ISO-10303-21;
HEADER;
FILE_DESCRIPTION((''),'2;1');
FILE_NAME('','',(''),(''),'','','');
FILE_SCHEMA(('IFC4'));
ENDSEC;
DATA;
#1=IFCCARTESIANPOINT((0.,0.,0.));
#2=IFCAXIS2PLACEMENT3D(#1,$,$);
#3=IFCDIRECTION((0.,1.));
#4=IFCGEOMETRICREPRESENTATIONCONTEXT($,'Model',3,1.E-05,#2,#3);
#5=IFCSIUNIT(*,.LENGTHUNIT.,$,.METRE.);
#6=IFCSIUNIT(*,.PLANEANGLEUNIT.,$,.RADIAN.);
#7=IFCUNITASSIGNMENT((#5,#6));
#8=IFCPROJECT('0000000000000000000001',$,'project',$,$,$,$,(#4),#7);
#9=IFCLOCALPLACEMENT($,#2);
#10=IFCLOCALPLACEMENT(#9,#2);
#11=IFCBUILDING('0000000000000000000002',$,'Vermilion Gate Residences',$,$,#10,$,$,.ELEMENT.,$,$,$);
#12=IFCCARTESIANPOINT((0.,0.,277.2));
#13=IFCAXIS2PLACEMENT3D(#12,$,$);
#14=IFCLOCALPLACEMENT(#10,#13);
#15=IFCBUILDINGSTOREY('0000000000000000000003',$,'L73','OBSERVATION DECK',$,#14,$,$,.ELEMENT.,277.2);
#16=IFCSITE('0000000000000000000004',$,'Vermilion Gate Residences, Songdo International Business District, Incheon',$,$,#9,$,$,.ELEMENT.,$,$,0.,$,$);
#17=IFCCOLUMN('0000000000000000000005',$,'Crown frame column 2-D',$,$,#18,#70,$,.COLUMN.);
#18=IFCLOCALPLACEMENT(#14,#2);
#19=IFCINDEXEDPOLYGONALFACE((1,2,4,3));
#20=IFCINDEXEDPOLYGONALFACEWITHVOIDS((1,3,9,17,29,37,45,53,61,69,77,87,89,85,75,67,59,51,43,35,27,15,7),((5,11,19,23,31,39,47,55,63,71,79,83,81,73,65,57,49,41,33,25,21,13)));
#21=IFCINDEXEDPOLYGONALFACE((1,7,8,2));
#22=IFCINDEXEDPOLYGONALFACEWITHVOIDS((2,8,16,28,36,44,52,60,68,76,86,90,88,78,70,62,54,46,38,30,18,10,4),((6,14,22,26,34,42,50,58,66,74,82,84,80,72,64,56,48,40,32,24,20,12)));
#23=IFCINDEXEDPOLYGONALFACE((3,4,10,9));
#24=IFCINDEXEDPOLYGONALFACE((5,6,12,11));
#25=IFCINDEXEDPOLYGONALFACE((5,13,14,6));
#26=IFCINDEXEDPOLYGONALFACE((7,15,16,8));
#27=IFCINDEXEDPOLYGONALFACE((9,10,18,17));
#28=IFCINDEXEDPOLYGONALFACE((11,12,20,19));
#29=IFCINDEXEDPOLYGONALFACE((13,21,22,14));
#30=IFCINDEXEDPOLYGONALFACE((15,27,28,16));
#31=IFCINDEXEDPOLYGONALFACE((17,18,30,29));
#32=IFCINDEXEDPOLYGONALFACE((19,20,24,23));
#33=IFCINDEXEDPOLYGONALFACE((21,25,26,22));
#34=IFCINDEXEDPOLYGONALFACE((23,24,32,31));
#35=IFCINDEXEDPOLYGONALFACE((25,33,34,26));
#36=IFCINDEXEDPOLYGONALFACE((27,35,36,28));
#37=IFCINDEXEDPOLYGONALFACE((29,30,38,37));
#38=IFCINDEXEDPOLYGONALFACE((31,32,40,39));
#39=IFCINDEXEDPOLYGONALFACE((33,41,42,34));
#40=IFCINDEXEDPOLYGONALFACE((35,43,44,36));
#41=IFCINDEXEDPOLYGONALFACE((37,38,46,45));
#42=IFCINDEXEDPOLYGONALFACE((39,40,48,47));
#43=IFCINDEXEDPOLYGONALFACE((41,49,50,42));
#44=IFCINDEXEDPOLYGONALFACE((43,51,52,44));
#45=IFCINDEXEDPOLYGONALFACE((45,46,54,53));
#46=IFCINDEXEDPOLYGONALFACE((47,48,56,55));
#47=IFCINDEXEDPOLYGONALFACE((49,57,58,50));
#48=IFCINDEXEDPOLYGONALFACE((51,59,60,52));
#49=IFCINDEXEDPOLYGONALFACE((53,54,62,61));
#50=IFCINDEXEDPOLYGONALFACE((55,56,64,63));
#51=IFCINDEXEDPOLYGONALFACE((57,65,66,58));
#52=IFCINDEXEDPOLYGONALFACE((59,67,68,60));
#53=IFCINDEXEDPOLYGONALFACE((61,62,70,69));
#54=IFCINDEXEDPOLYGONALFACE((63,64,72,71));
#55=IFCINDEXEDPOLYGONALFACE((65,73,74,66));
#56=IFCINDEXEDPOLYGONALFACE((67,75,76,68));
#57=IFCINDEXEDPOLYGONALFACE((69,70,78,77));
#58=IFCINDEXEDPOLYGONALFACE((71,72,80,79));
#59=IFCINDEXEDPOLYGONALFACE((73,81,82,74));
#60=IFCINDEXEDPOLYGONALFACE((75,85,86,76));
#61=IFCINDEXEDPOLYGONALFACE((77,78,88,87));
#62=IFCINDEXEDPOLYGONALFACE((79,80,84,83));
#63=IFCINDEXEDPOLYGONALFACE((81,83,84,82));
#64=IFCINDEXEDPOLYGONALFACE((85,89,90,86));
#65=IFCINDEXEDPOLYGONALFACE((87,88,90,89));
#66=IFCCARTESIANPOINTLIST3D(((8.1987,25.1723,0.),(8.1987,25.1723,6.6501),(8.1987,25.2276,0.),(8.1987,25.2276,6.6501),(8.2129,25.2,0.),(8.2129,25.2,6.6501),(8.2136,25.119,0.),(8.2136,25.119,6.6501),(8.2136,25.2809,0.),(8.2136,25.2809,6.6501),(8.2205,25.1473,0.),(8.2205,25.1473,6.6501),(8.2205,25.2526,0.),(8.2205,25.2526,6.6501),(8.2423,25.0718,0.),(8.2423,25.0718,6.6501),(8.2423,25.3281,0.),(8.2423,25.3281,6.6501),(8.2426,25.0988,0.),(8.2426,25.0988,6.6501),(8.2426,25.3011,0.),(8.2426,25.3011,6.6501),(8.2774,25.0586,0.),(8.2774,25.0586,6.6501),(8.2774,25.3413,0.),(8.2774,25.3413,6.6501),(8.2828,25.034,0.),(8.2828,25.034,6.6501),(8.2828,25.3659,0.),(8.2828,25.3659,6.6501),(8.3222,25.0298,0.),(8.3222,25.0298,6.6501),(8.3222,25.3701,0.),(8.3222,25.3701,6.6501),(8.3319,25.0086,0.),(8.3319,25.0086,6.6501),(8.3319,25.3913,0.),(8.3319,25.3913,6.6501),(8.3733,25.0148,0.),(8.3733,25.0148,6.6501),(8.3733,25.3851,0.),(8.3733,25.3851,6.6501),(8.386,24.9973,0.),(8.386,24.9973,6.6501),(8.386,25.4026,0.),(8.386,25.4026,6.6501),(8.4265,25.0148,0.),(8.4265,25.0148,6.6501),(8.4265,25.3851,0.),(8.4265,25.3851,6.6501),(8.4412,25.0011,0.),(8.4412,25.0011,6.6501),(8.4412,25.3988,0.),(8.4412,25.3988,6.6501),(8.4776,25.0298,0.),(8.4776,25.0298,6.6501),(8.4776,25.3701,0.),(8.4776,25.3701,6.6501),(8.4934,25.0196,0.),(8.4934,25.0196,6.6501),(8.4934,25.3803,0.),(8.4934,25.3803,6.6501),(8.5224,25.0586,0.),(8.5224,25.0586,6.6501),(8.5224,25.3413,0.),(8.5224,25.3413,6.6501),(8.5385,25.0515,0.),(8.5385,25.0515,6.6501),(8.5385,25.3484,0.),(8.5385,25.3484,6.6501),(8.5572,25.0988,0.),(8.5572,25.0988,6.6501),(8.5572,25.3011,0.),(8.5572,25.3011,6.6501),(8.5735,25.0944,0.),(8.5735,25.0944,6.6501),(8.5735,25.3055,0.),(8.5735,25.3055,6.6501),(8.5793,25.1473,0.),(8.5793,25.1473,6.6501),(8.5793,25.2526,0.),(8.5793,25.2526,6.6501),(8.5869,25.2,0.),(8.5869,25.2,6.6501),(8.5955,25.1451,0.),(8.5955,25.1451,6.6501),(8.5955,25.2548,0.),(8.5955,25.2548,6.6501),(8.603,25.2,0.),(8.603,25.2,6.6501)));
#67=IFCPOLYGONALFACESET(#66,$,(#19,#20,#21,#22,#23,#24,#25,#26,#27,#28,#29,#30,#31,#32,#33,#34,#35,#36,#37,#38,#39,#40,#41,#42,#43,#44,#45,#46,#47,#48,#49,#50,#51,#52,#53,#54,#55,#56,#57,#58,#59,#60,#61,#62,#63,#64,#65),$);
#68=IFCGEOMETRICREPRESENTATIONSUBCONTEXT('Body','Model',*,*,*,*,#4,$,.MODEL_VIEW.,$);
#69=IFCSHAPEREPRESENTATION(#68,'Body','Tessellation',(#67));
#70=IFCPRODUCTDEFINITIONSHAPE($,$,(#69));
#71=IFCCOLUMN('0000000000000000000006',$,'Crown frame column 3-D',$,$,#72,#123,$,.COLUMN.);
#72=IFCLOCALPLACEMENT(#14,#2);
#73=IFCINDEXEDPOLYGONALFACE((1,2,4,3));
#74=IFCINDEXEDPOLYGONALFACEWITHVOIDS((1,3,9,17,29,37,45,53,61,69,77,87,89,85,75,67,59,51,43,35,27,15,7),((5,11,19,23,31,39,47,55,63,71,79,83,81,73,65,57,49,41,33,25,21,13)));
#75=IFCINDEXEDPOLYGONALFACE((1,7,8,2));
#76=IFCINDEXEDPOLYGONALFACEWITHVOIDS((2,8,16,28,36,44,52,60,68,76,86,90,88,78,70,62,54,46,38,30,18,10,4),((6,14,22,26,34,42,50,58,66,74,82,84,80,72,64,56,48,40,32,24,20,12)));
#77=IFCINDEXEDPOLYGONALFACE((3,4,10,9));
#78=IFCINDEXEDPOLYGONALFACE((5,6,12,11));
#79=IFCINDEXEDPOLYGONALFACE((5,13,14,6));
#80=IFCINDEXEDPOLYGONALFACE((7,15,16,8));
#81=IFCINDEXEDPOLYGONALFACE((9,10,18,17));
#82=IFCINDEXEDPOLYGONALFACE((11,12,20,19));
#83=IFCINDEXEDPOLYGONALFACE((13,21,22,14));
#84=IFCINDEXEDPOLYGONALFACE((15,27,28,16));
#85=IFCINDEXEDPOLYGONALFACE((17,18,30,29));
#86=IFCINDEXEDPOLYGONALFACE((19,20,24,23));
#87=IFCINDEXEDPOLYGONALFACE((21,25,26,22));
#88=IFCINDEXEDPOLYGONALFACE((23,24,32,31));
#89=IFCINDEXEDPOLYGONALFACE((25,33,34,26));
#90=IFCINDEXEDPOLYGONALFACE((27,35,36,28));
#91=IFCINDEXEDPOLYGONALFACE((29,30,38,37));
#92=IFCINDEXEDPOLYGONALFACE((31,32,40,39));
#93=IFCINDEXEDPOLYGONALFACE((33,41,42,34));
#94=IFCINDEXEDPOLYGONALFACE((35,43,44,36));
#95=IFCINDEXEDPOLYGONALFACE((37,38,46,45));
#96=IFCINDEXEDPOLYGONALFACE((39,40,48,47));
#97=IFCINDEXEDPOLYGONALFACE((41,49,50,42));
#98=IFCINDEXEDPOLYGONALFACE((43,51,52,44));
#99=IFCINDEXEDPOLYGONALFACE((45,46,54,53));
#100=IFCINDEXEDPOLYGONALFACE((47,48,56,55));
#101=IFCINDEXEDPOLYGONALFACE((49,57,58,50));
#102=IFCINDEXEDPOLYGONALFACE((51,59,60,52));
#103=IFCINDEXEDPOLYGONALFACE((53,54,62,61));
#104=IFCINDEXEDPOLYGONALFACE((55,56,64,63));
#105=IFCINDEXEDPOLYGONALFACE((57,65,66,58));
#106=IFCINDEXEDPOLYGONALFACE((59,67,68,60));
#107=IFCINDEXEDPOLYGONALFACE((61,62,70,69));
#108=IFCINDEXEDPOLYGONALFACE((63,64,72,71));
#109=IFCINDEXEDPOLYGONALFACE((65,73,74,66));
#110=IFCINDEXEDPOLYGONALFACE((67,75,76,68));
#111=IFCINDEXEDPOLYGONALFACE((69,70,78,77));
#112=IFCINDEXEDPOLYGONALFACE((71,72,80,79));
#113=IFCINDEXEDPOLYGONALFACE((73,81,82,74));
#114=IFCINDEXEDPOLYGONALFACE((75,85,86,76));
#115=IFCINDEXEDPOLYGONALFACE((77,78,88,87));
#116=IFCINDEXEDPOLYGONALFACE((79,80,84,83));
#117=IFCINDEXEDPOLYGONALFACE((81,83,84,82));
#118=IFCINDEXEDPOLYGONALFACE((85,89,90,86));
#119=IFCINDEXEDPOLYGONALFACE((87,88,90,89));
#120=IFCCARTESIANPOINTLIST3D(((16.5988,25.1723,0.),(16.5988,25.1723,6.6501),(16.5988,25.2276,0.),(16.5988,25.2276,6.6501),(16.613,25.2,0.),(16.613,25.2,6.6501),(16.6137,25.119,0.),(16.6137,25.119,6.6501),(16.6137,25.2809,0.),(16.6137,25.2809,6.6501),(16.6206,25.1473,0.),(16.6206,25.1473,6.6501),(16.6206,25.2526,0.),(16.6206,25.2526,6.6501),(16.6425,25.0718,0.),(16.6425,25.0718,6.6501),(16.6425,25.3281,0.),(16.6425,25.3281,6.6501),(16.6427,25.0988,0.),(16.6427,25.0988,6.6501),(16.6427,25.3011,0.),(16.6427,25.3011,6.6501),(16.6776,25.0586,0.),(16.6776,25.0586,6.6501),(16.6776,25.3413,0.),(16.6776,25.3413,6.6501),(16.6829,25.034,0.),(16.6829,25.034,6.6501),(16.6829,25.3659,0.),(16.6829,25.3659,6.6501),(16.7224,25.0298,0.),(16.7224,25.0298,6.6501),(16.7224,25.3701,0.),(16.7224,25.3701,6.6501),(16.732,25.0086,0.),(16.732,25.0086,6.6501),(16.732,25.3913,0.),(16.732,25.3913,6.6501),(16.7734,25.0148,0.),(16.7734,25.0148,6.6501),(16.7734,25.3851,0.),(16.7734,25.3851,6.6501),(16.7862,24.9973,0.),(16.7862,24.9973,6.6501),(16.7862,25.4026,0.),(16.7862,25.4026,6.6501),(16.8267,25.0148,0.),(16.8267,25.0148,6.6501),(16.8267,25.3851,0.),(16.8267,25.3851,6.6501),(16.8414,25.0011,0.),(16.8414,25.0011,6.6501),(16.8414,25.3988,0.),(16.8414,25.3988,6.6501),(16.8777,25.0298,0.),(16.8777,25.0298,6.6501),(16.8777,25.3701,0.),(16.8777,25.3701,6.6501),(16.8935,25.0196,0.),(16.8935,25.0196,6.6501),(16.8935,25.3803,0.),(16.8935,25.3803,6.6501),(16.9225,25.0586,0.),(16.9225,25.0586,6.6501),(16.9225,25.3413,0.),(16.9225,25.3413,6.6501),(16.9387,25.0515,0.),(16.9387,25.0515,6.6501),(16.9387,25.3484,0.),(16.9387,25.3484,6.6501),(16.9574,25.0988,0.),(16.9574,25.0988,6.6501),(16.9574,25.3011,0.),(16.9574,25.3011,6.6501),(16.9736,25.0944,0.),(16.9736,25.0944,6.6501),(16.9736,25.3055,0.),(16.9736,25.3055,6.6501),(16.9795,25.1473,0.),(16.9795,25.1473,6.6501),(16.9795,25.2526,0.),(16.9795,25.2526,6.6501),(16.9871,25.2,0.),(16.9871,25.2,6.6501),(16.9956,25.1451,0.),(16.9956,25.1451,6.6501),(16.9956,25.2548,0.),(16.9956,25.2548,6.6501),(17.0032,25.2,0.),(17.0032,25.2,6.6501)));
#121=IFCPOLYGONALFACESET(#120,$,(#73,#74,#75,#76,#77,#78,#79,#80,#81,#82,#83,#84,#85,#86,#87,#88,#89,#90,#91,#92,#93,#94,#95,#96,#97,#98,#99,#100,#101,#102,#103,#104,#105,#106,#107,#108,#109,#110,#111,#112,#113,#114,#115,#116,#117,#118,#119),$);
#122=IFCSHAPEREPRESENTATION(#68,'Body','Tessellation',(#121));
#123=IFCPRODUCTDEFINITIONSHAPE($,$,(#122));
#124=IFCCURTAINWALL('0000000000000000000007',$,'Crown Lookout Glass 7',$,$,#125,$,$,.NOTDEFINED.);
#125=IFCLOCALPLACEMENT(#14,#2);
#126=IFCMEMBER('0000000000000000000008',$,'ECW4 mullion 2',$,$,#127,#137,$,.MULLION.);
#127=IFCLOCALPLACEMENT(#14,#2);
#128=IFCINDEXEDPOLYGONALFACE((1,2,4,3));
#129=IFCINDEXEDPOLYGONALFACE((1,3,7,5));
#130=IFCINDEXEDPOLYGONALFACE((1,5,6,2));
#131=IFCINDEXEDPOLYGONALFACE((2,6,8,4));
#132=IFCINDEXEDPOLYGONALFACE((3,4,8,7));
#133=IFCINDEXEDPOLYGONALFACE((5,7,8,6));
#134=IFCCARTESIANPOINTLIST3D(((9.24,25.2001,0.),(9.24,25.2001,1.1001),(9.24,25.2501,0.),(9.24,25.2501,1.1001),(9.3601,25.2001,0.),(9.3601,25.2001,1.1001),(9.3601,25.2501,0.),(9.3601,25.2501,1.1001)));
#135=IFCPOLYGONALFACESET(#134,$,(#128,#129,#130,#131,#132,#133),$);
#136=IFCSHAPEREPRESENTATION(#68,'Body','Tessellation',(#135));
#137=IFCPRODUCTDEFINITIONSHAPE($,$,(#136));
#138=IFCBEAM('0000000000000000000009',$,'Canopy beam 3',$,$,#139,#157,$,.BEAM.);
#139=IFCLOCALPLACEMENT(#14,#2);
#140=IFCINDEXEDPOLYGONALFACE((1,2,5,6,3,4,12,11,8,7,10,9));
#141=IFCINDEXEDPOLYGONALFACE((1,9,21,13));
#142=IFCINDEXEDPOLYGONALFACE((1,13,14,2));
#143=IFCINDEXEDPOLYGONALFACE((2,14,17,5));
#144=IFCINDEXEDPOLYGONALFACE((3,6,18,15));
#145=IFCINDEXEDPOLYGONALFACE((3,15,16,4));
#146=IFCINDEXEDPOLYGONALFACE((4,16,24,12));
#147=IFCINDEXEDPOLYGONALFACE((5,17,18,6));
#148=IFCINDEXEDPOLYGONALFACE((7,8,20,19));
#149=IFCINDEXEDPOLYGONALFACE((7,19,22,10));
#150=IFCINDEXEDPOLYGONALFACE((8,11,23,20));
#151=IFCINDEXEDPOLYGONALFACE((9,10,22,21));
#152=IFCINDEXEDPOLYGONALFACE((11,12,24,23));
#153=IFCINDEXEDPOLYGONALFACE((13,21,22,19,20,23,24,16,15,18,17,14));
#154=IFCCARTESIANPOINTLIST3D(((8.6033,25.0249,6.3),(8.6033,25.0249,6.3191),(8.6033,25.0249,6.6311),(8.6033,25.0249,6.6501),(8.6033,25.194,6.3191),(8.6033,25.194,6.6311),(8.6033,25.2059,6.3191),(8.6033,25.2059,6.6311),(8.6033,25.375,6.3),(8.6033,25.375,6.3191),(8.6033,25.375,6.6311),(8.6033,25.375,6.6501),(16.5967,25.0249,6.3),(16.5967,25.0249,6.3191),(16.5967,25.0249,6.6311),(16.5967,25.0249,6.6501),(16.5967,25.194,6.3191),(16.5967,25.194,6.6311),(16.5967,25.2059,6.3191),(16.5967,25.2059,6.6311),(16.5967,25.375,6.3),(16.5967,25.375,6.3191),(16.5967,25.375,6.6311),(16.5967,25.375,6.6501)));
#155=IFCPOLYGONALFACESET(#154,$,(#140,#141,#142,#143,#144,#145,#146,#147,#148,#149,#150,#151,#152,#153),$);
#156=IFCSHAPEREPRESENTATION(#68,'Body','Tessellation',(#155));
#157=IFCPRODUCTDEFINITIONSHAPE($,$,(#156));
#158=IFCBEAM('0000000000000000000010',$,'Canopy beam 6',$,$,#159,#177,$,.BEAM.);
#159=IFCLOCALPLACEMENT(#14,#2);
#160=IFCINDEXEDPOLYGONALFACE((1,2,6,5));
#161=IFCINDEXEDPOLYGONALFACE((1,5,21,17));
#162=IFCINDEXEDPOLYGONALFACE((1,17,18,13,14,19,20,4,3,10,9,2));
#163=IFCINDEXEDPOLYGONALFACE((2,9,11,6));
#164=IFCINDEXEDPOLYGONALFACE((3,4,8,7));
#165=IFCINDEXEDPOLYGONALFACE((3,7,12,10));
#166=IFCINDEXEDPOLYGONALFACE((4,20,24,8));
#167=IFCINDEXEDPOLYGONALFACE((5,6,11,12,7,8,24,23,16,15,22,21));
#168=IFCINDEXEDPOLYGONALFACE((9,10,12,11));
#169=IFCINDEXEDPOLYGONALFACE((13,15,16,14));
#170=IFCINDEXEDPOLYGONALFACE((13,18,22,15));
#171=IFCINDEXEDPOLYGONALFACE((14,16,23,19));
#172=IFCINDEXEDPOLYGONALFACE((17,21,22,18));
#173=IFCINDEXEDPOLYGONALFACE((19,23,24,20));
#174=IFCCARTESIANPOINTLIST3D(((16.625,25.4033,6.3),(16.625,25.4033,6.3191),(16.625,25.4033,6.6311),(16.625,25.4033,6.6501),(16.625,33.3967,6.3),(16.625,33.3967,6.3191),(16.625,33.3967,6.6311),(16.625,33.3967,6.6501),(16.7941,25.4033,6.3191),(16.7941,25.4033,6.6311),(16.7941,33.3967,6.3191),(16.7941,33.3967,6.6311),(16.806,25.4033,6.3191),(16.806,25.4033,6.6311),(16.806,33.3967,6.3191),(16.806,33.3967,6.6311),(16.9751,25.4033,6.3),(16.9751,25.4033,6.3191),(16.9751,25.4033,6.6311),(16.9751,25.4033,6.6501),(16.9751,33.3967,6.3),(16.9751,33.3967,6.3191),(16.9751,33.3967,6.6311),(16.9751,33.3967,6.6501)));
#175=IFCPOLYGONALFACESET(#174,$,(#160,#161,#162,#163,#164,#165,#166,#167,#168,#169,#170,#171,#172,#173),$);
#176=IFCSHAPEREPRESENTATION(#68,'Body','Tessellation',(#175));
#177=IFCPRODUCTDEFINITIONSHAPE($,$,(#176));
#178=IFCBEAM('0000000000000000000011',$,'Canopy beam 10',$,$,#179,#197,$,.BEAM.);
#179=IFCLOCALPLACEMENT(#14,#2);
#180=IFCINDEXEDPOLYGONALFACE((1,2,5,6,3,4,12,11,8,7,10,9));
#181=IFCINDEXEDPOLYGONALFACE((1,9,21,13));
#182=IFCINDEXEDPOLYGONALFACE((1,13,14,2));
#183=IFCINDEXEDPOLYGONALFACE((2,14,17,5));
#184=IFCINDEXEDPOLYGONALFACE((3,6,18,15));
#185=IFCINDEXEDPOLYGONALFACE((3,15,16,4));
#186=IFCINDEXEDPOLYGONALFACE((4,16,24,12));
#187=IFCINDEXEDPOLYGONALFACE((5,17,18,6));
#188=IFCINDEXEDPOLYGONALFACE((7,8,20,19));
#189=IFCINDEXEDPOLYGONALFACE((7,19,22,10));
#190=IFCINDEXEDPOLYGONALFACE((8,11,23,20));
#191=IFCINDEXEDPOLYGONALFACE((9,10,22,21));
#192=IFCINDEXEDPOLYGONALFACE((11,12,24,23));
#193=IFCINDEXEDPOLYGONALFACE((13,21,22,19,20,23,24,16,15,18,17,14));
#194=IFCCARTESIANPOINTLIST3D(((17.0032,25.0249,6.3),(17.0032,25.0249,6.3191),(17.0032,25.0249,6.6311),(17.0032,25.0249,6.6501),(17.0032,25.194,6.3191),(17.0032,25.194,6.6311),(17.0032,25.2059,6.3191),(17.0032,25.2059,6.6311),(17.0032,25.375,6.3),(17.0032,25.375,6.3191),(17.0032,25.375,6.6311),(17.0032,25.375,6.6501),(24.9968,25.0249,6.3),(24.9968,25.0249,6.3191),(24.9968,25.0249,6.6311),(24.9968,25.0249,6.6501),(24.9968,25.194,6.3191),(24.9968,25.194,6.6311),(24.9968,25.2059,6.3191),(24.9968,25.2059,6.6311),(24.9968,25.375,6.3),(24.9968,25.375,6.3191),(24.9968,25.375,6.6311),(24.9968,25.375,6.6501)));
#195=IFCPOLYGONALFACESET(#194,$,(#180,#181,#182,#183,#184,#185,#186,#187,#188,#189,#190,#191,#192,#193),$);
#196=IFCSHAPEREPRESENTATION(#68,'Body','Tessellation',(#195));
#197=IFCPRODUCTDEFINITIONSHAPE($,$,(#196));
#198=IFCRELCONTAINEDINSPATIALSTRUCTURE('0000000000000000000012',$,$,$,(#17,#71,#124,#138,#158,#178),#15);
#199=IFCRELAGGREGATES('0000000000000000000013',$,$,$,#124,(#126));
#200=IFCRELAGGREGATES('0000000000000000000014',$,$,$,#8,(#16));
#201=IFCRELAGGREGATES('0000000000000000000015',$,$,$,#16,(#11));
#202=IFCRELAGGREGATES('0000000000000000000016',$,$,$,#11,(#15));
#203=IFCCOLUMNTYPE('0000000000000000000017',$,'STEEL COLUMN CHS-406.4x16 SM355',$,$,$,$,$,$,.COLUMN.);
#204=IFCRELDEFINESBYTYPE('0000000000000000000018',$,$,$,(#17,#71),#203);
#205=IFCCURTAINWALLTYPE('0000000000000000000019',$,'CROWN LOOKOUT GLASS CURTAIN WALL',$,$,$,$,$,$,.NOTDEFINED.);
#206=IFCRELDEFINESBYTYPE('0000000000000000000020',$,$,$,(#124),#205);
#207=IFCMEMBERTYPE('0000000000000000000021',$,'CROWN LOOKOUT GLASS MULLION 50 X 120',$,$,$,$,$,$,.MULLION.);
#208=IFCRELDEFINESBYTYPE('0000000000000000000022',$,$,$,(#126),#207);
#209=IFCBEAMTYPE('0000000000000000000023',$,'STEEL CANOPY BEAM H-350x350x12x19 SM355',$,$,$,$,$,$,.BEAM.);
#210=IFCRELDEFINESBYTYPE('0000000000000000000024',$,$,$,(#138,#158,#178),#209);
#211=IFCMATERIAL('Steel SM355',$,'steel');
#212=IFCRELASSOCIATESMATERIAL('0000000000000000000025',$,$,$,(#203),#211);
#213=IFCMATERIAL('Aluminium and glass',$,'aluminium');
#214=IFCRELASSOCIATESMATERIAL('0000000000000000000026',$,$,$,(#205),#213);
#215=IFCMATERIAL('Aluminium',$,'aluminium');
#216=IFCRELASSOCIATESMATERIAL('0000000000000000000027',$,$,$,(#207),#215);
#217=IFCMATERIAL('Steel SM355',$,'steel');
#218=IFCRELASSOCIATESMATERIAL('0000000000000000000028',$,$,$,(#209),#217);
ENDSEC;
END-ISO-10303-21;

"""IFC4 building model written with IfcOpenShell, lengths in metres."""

from ifc_helpers import new_model, si_unit, direction, frame, origin, origin_2d, place, context, subcontext, project, spatial, rectangle, hollow_circle, i_section, extrude, material, material_profile, profile_set, type_object, element, aggregate, save


model = new_model("IFC4")

# Units and contexts
model_context = context("Model", 3, precision=1e-05, world=origin(), true_north=direction((0.0, 1.0)))
body_context = subcontext(model_context, "Body", "Model", "MODEL_VIEW")
ifc_project = project(units=[si_unit("LENGTHUNIT", "METRE"), si_unit("PLANEANGLEUNIT", "RADIAN")], contexts=[model_context])

# Site, building, storey
site_placement = place(None, origin())
site = spatial("IfcSite", under=ifc_project, at=site_placement, Name="Vermilion Gate Residences, Songdo International Business District, Incheon", CompositionType="ELEMENT", RefElevation=0.0)
building_placement = place(site_placement, origin())
building = spatial("IfcBuilding", under=site, at=building_placement, Name="Vermilion Gate Residences", CompositionType="ELEMENT")
storey_placement = place(building_placement, frame((0.0, 0.0, 277.2)))
storey = spatial("IfcBuildingStorey", under=building, at=storey_placement, Name="L73", Description="OBSERVATION DECK", CompositionType="ELEMENT", Elevation=277.2)

# Columns
ifc_material_1 = material(Name="Steel SM355", Category="steel")
ifc_material_profile_1 = material_profile(ifc_material_1, hollow_circle(Radius=0.2031, WallThickness=0.0161, at=origin_2d()), Name="CHS-406.4x16")
ifc_profile_set_1 = profile_set([ifc_material_profile_1], Name="Steel SM355")
column_type = type_object("IfcColumnType", Name="STEEL COLUMN CHS-406.4x16 SM355", PredefinedType="COLUMN", material=ifc_profile_set_1)
for number, where, z_axis, x_axis, name in (
    (1, (8.3999, 25.2, 0.0), (0.0, 0.0, 1.0), (1.0, 0.0, 0.0), "Crown frame column 2-D"),
    (2, (16.8, 25.2, 0.0), (0.0, 0.0, 1.0), (1.0, 0.0, 0.0), "Crown frame column 3-D"),
):
    element("IfcColumn", number, at=place(storey_placement, frame(where, z_axis=z_axis, x_axis=x_axis)), inside=storey, type_object=column_type, Name=name, PredefinedType="COLUMN", context=body_context, shape_type="SweptSolid", body=[
        extrude(hollow_circle(Radius=0.2031, WallThickness=0.0161, at=origin_2d()), origin(), (0.0, 0.0, 1.0), 6.6501),
    ])

# Curtain wall, member
ifc_material_2 = material(Name="Aluminium and glass", Category="aluminium")
curtain_wall_type = type_object("IfcCurtainWallType", Name="CROWN LOOKOUT GLASS CURTAIN WALL", PredefinedType="NOTDEFINED", material=ifc_material_2)
curtain_wall_placement = place(storey_placement, origin())
curtain_wall = element("IfcCurtainWall", 3, at=curtain_wall_placement, inside=storey, type_object=curtain_wall_type, Name="Crown Lookout Glass 7", PredefinedType="NOTDEFINED")
ifc_material_3 = material(Name="Aluminium", Category="aluminium")
ifc_material_profile_2 = material_profile(ifc_material_3, rectangle(XDim=0.1201, YDim=0.05, at=origin_2d()), Name="MULLION 50 X 120")
ifc_profile_set_2 = profile_set([ifc_material_profile_2], Name="Aluminium")
member_type = type_object("IfcMemberType", Name="CROWN LOOKOUT GLASS MULLION 50 X 120", PredefinedType="MULLION", material=ifc_profile_set_2)
member_placement = place(storey_placement, frame((9.3, 25.2251, 0.0), z_axis=(0.0, 0.0, 1.0), x_axis=(1.0, 0.0, 0.0)))
member = element("IfcMember", 4, at=member_placement, type_object=member_type, Name="ECW4 mullion 2", PredefinedType="MULLION", context=body_context, shape_type="SweptSolid", body=[
    extrude(rectangle(XDim=0.1201, YDim=0.05, at=origin_2d()), origin(), (0.0, 0.0, 1.0), 1.1001),
])

# Beams
ifc_material_4 = material(Name="Steel SM355", Category="steel")
ifc_material_profile_3 = material_profile(ifc_material_4, i_section(OverallWidth=0.3501, OverallDepth=0.3501, WebThickness=0.012, FlangeThickness=0.019, at=origin_2d()), Name="H-350x350x12x19")
ifc_profile_set_3 = profile_set([ifc_material_profile_3], Name="Steel SM355")
beam_type_1 = type_object("IfcBeamType", Name="STEEL CANOPY BEAM H-350x350x12x19 SM355", PredefinedType="BEAM", material=ifc_profile_set_3)
for number, where, z_axis, x_axis, name in (
    (5, (8.6033, 25.2, 6.4751), (1.0, 0.0, 0.0), (0.0, 1.0, 0.0), "Canopy beam 3"),
    (6, (16.8, 25.4033, 6.4751), (0.0, 1.0, 0.0), (-1.0, 0.0, 0.0), "Canopy beam 6"),
):
    element("IfcBeam", number, at=place(storey_placement, frame(where, z_axis=z_axis, x_axis=x_axis)), inside=storey, type_object=beam_type_1, Name=name, PredefinedType="BEAM", context=body_context, shape_type="SweptSolid", body=[
        extrude(i_section(OverallWidth=0.3501, OverallDepth=0.3501, WebThickness=0.012, FlangeThickness=0.019, at=origin_2d()), origin(), (0.0, 0.0, 1.0), 7.9934),
    ])
beam_1_placement = place(storey_placement, frame((17.0032, 25.2, 6.4751), z_axis=(1.0, 0.0, 0.0), x_axis=(0.0, 1.0, 0.0)))
element("IfcBeam", 7, at=beam_1_placement, inside=storey, type_object=beam_type_1, Name="Canopy beam 10", PredefinedType="BEAM", context=body_context, shape_type="SweptSolid", body=[
    extrude(i_section(OverallWidth=0.3501, OverallDepth=0.3501, WebThickness=0.012, FlangeThickness=0.019, at=origin_2d()), origin(), (0.0, 0.0, 1.0), 7.9937),
])

aggregate(curtain_wall, [member])

save(model, "model.ifc")
